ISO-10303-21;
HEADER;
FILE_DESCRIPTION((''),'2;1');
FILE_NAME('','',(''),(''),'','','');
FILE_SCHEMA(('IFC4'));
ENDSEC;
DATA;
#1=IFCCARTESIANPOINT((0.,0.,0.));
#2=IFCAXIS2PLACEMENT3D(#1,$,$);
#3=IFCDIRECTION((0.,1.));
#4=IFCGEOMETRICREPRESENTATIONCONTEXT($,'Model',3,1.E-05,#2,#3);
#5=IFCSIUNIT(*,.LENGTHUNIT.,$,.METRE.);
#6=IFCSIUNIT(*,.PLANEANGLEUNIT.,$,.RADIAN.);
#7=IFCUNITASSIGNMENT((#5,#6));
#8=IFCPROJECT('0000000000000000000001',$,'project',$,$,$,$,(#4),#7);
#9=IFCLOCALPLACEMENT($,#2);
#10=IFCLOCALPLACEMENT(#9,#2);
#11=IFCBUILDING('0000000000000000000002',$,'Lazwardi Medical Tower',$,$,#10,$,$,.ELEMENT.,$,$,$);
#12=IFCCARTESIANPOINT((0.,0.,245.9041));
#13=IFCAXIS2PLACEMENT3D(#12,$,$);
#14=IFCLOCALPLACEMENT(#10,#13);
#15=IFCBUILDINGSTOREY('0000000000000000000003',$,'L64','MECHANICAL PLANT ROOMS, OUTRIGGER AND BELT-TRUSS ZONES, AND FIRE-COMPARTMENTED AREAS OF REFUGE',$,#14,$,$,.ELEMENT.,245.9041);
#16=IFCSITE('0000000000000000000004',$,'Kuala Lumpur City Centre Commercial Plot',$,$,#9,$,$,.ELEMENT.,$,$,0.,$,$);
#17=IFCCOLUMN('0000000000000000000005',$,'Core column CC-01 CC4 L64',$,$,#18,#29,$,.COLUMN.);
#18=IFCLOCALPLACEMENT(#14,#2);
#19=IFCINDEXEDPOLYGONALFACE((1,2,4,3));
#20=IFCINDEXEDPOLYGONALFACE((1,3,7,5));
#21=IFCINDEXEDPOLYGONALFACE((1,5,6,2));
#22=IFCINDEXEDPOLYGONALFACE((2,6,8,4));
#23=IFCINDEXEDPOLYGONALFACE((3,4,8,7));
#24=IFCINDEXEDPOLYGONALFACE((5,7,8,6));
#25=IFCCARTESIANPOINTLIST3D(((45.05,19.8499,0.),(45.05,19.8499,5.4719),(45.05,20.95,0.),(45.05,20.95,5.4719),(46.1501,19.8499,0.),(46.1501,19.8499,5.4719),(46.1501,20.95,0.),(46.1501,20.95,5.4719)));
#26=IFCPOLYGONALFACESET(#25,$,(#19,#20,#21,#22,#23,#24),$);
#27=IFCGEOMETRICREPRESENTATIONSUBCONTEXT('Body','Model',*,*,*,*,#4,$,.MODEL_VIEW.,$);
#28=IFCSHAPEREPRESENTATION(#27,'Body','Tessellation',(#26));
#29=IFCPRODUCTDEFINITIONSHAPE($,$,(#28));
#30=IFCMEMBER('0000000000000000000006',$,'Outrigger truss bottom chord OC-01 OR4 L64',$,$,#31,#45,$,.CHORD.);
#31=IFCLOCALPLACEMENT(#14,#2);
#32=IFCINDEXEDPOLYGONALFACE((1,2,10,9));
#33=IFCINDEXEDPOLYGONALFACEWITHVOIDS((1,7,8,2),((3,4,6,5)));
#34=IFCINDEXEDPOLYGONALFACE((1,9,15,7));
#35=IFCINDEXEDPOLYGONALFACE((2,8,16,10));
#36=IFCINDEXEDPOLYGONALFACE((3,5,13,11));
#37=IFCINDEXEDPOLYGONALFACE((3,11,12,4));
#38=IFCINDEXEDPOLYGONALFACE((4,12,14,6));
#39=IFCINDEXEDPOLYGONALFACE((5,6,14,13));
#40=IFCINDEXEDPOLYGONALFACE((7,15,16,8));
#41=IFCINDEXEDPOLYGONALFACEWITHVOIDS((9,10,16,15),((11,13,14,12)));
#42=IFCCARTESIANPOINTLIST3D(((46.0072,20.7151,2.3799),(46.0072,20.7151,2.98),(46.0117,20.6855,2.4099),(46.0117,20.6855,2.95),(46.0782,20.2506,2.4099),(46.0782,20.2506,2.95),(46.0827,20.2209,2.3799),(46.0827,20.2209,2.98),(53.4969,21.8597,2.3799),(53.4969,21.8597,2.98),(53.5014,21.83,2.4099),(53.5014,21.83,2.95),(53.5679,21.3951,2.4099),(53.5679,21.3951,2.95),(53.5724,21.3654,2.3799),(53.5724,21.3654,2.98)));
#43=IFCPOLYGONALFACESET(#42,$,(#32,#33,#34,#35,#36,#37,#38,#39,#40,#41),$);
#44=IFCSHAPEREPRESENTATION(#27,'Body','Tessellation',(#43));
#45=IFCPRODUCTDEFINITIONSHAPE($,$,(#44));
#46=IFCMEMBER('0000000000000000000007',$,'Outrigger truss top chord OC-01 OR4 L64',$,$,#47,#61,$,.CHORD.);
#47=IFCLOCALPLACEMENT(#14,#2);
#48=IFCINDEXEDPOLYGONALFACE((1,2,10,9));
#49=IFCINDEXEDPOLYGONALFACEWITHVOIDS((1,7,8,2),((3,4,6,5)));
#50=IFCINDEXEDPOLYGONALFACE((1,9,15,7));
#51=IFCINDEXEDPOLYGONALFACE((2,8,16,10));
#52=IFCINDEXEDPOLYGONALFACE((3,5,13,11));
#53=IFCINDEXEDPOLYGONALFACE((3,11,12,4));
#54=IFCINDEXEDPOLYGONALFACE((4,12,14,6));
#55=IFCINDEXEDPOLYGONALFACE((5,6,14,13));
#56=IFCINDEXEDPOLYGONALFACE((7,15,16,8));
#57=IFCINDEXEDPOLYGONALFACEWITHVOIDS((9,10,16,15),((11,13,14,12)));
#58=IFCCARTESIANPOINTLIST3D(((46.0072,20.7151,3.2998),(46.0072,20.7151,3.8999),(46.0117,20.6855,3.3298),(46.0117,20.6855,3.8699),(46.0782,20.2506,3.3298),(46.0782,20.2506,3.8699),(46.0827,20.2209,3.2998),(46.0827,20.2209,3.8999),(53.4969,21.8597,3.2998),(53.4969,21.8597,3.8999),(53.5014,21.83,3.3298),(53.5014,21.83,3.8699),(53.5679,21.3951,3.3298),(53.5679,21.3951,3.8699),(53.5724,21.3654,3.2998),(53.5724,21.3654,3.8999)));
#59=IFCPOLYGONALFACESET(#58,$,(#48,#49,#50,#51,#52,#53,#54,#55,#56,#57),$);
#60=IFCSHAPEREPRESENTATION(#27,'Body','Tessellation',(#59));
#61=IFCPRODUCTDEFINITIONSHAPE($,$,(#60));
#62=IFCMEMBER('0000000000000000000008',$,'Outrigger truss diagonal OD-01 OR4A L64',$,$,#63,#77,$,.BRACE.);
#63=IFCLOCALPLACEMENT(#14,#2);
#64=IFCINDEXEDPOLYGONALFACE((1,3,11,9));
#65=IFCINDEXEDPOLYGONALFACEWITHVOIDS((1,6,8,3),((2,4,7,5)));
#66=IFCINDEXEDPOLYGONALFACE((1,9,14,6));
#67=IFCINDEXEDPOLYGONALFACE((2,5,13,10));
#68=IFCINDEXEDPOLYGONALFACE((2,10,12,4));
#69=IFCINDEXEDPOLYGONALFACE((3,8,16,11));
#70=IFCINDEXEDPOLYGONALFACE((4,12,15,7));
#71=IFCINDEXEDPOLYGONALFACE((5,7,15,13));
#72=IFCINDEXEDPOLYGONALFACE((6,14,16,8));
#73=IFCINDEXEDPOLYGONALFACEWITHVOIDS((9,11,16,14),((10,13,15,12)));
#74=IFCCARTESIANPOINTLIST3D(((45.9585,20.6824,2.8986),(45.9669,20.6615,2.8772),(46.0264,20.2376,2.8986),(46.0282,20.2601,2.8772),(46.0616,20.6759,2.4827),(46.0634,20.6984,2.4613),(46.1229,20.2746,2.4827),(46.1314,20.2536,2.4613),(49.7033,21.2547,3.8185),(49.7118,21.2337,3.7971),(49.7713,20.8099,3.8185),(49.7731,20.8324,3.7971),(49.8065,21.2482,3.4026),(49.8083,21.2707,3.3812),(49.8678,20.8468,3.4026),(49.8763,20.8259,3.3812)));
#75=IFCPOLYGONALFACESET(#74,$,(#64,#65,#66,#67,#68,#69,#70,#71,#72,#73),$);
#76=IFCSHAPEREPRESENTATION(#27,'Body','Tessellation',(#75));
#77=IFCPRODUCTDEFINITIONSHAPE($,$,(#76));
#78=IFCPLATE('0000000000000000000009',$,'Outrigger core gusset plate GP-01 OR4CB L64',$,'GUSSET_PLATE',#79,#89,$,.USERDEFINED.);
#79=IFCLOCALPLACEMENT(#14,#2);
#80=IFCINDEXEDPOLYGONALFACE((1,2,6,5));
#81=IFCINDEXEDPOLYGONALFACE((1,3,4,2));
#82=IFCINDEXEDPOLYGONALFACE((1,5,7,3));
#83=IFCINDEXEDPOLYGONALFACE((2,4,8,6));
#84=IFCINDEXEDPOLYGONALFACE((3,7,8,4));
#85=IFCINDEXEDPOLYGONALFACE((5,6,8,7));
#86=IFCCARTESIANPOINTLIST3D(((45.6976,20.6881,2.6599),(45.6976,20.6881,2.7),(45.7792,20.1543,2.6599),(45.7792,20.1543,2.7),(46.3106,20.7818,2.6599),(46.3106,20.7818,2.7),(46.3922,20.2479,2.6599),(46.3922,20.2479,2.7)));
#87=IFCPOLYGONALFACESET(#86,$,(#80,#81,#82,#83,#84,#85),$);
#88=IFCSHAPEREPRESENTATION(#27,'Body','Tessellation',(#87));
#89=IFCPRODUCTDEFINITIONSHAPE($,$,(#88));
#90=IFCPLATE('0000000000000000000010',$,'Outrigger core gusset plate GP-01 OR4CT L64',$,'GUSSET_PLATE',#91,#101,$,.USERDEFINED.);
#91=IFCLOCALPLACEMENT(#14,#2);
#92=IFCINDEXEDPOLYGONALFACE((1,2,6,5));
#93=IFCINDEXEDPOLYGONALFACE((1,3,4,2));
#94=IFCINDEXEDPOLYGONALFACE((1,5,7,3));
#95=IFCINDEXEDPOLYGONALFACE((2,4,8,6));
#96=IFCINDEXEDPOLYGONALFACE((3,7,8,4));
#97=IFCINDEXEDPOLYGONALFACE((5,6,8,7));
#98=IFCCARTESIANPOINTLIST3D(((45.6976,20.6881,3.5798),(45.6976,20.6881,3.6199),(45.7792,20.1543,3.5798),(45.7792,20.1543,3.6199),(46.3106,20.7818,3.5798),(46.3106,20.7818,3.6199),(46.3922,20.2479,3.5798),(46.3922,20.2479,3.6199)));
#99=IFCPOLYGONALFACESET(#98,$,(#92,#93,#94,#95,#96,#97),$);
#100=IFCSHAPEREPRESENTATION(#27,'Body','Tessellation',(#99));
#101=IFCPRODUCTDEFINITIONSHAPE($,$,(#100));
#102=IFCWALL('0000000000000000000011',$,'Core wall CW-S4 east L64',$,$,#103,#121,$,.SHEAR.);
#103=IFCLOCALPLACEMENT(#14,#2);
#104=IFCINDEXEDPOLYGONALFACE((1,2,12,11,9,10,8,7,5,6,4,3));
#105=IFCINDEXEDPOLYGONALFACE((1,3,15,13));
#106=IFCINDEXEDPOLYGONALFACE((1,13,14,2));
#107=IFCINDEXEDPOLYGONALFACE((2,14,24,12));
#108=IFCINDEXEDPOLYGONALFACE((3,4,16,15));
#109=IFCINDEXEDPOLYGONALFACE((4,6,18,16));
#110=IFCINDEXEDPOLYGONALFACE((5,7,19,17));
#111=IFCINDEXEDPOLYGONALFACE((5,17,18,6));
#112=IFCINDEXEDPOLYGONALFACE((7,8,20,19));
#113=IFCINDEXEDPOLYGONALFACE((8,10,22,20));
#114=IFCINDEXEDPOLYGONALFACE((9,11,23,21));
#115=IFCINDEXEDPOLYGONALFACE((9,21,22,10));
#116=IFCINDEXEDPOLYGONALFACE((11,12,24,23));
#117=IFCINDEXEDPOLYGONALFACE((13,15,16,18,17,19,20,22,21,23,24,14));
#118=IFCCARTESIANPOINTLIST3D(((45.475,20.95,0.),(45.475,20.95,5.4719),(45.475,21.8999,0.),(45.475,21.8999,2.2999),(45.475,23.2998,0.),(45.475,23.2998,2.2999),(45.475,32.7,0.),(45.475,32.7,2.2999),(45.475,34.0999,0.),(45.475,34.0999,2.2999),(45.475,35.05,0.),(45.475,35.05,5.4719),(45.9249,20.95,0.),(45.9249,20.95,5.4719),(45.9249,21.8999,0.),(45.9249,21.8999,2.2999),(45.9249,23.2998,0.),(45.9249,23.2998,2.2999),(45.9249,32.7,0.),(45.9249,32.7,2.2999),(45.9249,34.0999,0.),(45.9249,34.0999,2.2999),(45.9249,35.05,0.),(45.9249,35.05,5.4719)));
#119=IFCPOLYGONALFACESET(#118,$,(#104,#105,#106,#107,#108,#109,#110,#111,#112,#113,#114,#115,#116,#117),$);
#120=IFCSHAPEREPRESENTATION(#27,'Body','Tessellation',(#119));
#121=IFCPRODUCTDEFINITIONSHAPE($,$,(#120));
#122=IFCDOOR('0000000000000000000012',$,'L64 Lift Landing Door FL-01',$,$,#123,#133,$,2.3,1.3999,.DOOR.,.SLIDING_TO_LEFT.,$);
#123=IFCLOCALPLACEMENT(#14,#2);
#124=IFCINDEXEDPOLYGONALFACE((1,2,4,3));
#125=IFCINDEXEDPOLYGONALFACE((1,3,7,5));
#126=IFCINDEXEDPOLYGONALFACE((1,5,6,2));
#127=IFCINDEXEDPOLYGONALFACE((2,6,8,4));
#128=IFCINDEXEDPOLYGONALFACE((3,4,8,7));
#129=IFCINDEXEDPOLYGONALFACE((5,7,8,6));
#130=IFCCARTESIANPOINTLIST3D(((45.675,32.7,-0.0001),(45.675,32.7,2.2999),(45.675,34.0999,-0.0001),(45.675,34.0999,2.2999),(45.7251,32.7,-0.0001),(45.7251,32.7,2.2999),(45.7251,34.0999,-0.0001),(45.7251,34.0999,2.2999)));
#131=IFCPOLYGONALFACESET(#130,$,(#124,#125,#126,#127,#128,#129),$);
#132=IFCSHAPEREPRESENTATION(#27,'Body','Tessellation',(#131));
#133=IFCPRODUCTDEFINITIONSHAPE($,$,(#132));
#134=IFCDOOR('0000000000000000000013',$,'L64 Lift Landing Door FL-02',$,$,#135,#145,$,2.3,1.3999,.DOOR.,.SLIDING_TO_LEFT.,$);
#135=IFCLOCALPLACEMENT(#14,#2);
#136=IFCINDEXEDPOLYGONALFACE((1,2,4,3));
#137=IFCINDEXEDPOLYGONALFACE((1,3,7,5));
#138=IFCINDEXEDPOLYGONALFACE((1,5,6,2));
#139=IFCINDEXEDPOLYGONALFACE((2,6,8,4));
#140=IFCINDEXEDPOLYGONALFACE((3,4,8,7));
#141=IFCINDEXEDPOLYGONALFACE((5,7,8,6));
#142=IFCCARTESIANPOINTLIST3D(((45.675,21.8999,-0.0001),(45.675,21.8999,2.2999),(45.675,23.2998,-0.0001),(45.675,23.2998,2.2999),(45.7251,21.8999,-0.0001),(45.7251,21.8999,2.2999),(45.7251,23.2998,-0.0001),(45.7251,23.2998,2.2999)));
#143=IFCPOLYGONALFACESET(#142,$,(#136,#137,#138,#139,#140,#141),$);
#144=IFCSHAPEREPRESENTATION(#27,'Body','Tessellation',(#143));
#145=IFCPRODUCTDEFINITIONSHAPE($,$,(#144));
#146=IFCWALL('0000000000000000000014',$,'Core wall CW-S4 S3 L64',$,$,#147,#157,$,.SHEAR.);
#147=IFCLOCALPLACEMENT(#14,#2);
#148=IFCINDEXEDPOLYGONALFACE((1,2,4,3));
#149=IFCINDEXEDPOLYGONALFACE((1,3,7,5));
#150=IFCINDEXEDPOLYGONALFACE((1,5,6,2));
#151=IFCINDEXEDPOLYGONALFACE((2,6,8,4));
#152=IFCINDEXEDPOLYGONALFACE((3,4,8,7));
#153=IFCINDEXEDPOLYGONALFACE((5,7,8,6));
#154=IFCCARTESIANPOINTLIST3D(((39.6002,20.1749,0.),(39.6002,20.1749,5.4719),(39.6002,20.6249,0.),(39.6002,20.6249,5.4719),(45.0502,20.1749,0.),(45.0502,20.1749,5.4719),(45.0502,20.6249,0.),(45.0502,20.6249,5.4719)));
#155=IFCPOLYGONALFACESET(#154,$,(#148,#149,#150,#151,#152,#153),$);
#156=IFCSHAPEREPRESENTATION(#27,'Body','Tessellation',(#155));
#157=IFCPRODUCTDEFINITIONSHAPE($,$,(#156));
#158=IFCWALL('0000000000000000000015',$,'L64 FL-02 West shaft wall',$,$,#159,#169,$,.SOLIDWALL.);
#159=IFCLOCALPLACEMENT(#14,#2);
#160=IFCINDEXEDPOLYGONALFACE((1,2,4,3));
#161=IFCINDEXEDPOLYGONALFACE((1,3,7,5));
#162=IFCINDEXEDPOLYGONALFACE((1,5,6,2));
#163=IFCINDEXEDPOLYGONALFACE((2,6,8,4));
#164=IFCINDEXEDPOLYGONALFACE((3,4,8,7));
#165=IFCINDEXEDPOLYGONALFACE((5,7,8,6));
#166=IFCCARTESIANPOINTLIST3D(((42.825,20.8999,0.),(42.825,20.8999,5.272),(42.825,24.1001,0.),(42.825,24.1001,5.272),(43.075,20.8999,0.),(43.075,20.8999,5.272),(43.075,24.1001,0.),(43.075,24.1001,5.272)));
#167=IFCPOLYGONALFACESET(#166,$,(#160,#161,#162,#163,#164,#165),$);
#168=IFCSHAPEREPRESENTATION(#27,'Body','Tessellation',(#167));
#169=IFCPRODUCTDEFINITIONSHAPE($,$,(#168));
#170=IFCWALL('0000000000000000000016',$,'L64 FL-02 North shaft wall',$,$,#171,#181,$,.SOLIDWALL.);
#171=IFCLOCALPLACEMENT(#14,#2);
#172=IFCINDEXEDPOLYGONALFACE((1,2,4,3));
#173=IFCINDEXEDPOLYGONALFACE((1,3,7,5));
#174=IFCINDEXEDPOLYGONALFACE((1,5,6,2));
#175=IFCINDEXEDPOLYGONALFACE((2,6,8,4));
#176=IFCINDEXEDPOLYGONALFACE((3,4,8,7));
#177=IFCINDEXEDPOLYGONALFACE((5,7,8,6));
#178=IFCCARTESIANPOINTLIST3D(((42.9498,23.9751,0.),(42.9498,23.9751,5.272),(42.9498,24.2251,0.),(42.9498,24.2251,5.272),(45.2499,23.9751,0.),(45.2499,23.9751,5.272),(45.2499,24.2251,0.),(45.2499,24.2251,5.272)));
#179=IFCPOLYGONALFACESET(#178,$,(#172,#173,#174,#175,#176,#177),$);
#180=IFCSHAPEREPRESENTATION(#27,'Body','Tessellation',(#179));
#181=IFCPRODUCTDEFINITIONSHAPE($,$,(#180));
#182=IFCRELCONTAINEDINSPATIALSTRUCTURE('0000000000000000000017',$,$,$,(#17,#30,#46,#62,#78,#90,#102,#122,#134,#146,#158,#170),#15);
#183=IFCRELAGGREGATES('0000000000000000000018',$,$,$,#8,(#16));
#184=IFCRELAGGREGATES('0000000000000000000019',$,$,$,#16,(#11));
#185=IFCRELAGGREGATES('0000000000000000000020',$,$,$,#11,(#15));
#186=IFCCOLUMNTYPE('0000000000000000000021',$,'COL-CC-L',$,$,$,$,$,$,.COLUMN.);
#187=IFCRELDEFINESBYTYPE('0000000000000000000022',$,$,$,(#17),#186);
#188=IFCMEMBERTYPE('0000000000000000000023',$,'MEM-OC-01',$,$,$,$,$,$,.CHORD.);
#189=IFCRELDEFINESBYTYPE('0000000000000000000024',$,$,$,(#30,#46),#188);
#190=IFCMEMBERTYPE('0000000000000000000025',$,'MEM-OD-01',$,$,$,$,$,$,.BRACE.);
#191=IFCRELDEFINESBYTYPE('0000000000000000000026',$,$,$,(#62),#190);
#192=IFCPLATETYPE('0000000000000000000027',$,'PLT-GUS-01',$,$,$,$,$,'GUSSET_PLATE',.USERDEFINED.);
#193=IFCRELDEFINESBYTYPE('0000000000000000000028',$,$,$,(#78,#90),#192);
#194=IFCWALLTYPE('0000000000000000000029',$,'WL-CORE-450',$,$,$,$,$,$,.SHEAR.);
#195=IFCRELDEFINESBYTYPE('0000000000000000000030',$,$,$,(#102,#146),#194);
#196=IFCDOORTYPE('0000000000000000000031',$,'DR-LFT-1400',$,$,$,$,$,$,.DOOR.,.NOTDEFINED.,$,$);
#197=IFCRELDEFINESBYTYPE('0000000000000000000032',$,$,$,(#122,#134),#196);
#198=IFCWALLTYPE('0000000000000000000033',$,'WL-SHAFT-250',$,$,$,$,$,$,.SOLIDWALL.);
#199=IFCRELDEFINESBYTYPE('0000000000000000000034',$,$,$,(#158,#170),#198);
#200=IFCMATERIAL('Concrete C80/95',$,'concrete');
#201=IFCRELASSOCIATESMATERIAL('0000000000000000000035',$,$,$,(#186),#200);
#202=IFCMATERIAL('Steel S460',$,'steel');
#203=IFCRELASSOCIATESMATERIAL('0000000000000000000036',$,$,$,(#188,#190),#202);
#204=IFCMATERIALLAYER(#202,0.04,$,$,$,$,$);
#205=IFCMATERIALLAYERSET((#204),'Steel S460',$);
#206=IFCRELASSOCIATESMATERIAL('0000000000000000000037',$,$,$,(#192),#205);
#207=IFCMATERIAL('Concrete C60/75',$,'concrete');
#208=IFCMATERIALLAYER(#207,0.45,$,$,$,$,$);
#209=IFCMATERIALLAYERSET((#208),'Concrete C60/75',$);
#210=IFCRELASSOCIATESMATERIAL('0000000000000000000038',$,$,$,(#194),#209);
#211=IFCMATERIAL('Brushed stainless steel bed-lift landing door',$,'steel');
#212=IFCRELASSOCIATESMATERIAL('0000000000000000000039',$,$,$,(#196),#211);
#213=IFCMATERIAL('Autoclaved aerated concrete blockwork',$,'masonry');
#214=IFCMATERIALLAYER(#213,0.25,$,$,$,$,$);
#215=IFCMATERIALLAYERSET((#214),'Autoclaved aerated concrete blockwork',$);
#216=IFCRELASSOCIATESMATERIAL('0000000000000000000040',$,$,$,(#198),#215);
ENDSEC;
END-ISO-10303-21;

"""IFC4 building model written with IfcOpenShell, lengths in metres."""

from ifc_helpers import new_model, si_unit, direction, frame, frame_2d, origin, origin_2d, place, context, subcontext, project, spatial, rectangle, hollow_rectangle, extrude, material, layer, layer_set, material_profile, profile_set, type_object, element, fill, save


model = new_model("IFC4")

# Units and contexts
model_context = context("Model", 3, precision=1e-05, world=origin(), true_north=direction((0.0, 1.0)))
body_context = subcontext(model_context, "Body", "Model", "MODEL_VIEW")
ifc_project = project(units=[si_unit("LENGTHUNIT", "METRE"), si_unit("PLANEANGLEUNIT", "RADIAN")], contexts=[model_context])

# Site, building, storey
site_placement = place(None, origin())
site = spatial("IfcSite", under=ifc_project, at=site_placement, Name="Kuala Lumpur City Centre Commercial Plot", CompositionType="ELEMENT", RefElevation=0.0)
building_placement = place(site_placement, origin())
building = spatial("IfcBuilding", under=site, at=building_placement, Name="Lazwardi Medical Tower", CompositionType="ELEMENT")
storey_placement = place(building_placement, frame((0.0, 0.0, 245.9041)))
storey = spatial("IfcBuildingStorey", under=building, at=storey_placement, Name="L64", Description="MECHANICAL PLANT ROOMS, OUTRIGGER AND BELT-TRUSS ZONES, AND FIRE-COMPARTMENTED AREAS OF REFUGE", CompositionType="ELEMENT", Elevation=245.9041)

# Column
ifc_material_1 = material(Name="Concrete C80/95", Category="concrete")
ifc_material_profile_1 = material_profile(ifc_material_1, rectangle(XDim=1.1001, YDim=1.1001, at=origin_2d()), Name="RC 1100x1100")
ifc_profile_set_1 = profile_set([ifc_material_profile_1], Name="Concrete C80/95")
column_type = type_object("IfcColumnType", Name="COL-CC-L", PredefinedType="COLUMN", material=ifc_profile_set_1)
column_placement = place(storey_placement, frame((45.6001, 20.3999, 0.0), z_axis=(0.0, 0.0, 1.0), x_axis=(1.0, 0.0, 0.0)))
element("IfcColumn", 1, at=column_placement, inside=storey, type_object=column_type, Name="Core column CC-01 CC4 L64", PredefinedType="COLUMN", context=body_context, shape_type="SweptSolid", body=[
    extrude(rectangle(XDim=1.1001, YDim=1.1001, at=origin_2d()), origin(), (0.0, 0.0, 1.0), 5.4719),
])

# Members
ifc_material_2 = material(Name="Steel S460", Category="steel")
ifc_material_profile_2 = material_profile(ifc_material_2, hollow_rectangle(XDim=0.5, YDim=0.6001, WallThickness=0.03, at=origin_2d()), Name="RHS 600x500x30")
ifc_profile_set_2 = profile_set([ifc_material_profile_2], Name="Steel S460")
member_type_1 = type_object("IfcMemberType", Name="MEM-OC-01", PredefinedType="CHORD", material=ifc_profile_set_2)
for number, where, z_axis, x_axis, name in (
    (2, (46.0449, 20.468, 2.6799), (0.988525, 0.15106, 0.0), (-0.15106, 0.988525, 0.0), "Outrigger truss bottom chord OC-01 OR4 L64"),
    (3, (46.0449, 20.468, 3.5999), (0.988525, 0.15106, 0.0), (-0.15106, 0.988525, 0.0), "Outrigger truss top chord OC-01 OR4 L64"),
):
    element("IfcMember", number, at=place(storey_placement, frame(where, z_axis=z_axis, x_axis=x_axis)), inside=storey, type_object=member_type_1, Name=name, PredefinedType="CHORD", context=body_context, shape_type="SweptSolid", body=[
        extrude(hollow_rectangle(XDim=0.5, YDim=0.6001, WallThickness=0.03, at=origin_2d()), origin(), (0.0, 0.0, 1.0), 7.5767),
    ])
ifc_material_profile_3 = material_profile(ifc_material_2, hollow_rectangle(XDim=0.45, YDim=0.45, WallThickness=0.022, at=origin_2d()), Name="RHS 450x450x22")
ifc_profile_set_3 = profile_set([ifc_material_profile_3], Name="Steel S460")
member_type_2 = type_object("IfcMemberType", Name="MEM-OD-01", PredefinedType="BRACE", material=ifc_profile_set_3)
member_placement = place(storey_placement, frame((46.0449, 20.468, 2.6799), z_axis=(0.960609, 0.146794, 0.235972), x_axis=(-0.15106, 0.988525, 0.0)))
element("IfcMember", 4, at=member_placement, inside=storey, type_object=member_type_2, Name="Outrigger truss diagonal OD-01 OR4A L64", PredefinedType="BRACE", context=body_context, shape_type="SweptSolid", body=[
    extrude(hollow_rectangle(XDim=0.45, YDim=0.45, WallThickness=0.022, at=origin_2d()), origin(), (0.0, 0.0, 1.0), 3.8984),
])

# Plates
ifc_layer_1 = layer(ifc_material_2, 0.04)
ifc_layer_set_1 = layer_set([ifc_layer_1], Name="Steel S460")
plate_type = type_object("IfcPlateType", Name="PLT-GUS-01", ElementType="GUSSET_PLATE", PredefinedType="USERDEFINED", material=ifc_layer_set_1)
for number, where, z_axis, x_axis, name in (
    (5, (46.0449, 20.468, 2.6599), (0.0, 0.0, 1.0), (0.98852, 0.151088, 0.0), "Outrigger core gusset plate GP-01 OR4CB L64"),
    (6, (46.0449, 20.468, 3.5798), (0.0, 0.0, 1.0), (0.98852, 0.151088, 0.0), "Outrigger core gusset plate GP-01 OR4CT L64"),
):
    element("IfcPlate", number, at=place(storey_placement, frame(where, z_axis=z_axis, x_axis=x_axis)), inside=storey, type_object=plate_type, Name=name, ObjectType="GUSSET_PLATE", PredefinedType="USERDEFINED", context=body_context, shape_type="SweptSolid", body=[
        extrude(rectangle(XDim=0.6201, YDim=0.54, at=origin_2d()), origin(), (0.0, 0.0, 1.0), 0.04),
    ])

# Wall, openings, doors
ifc_material_3 = material(Name="Concrete C60/75", Category="concrete")
ifc_layer_2 = layer(ifc_material_3, 0.45)
ifc_layer_set_2 = layer_set([ifc_layer_2], Name="Concrete C60/75")
wall_type_1 = type_object("IfcWallType", Name="WL-CORE-450", PredefinedType="SHEAR", material=ifc_layer_set_2)
wall_1_placement = place(storey_placement, frame((45.7, 20.95, 0.0), z_axis=(0.0, 0.0, 1.0), x_axis=(0.0, 1.0, 0.0)))
wall_1 = element("IfcWall", 7, at=wall_1_placement, inside=storey, type_object=wall_type_1, Name="Core wall CW-S4 east L64", PredefinedType="SHEAR", context=body_context, shape_type="SweptSolid", body=[
    extrude(rectangle(XDim=14.1001, YDim=0.45, at=frame_2d((7.05, 0.0))), origin(), (0.0, 0.0, 1.0), 5.4719),
])
opening_1_placement = place(wall_1_placement, frame((11.75, 0.0, 0.0)))
opening_1 = element("IfcOpeningElement", 8, at=opening_1_placement, cuts=wall_1, PredefinedType="OPENING", context=body_context, shape_type="SweptSolid", body=[
    extrude(rectangle(XDim=1.3999, YDim=2.3, at=frame_2d((0.7, 1.1499))), frame((0.0, 0.2349, 0.0), z_axis=(0.0, -1.0, 0.0), x_axis=(1.0, 0.0, 0.0)), (0.0, 0.0, 1.0), 0.47),
])
opening_2_placement = place(wall_1_placement, frame((0.95, 0.0, 0.0)))
opening_2 = element("IfcOpeningElement", 9, at=opening_2_placement, cuts=wall_1, PredefinedType="OPENING", context=body_context, shape_type="SweptSolid", body=[
    extrude(rectangle(XDim=1.3999, YDim=2.3, at=frame_2d((0.7, 1.1499))), frame((0.0, 0.2349, 0.0), z_axis=(0.0, -1.0, 0.0), x_axis=(1.0, 0.0, 0.0)), (0.0, 0.0, 1.0), 0.47),
])
ifc_material_4 = material(Name="Brushed stainless steel bed-lift landing door", Category="steel")
door_type = type_object("IfcDoorType", Name="DR-LFT-1400", OperationType="NOTDEFINED", PredefinedType="DOOR", material=ifc_material_4)
door_1_placement = place(opening_1_placement, origin())
door_1 = element("IfcDoor", 10, at=door_1_placement, inside=storey, type_object=door_type, Name="L64 Lift Landing Door FL-01", OperationType="SLIDING_TO_LEFT", OverallHeight=2.3, OverallWidth=1.3999, PredefinedType="DOOR", context=body_context, shape_type="SweptSolid", body=[
    extrude(rectangle(XDim=1.3999, YDim=2.3, at=frame_2d((0.7, 1.1499))), frame((0.0, 0.0249, 0.0), z_axis=(0.0, -1.0, 0.0), x_axis=(1.0, 0.0, 0.0)), (0.0, 0.0, 1.0), 0.05),
])
fill(opening_1, door_1)
door_2_placement = place(opening_2_placement, origin())
door_2 = element("IfcDoor", 11, at=door_2_placement, inside=storey, type_object=door_type, Name="L64 Lift Landing Door FL-02", OperationType="SLIDING_TO_LEFT", OverallHeight=2.3, OverallWidth=1.3999, PredefinedType="DOOR", context=body_context, shape_type="SweptSolid", body=[
    extrude(rectangle(XDim=1.3999, YDim=2.3, at=frame_2d((0.7, 1.1499))), frame((0.0, 0.0249, 0.0), z_axis=(0.0, -1.0, 0.0), x_axis=(1.0, 0.0, 0.0)), (0.0, 0.0, 1.0), 0.05),
])
fill(opening_2, door_2)

# Walls
wall_2_placement = place(storey_placement, frame((39.6001, 20.3999, 0.0), z_axis=(0.0, 0.0, 1.0), x_axis=(1.0, 0.0, 0.0)))
element("IfcWall", 12, at=wall_2_placement, inside=storey, type_object=wall_type_1, Name="Core wall CW-S4 S3 L64", PredefinedType="SHEAR", context=body_context, shape_type="SweptSolid", body=[
    extrude(rectangle(XDim=5.45, YDim=0.45, at=frame_2d((2.7251, 0.0))), origin(), (0.0, 0.0, 1.0), 5.4719),
])
ifc_material_5 = material(Name="Autoclaved aerated concrete blockwork", Category="masonry")
ifc_layer_3 = layer(ifc_material_5, 0.25)
ifc_layer_set_3 = layer_set([ifc_layer_3], Name="Autoclaved aerated concrete blockwork")
wall_type_2 = type_object("IfcWallType", Name="WL-SHAFT-250", PredefinedType="SOLIDWALL", material=ifc_layer_set_3)
wall_3_placement = place(storey_placement, frame((42.95, 20.8999, 0.0), z_axis=(0.0, 0.0, 1.0), x_axis=(0.0, 1.0, 0.0)))
element("IfcWall", 13, at=wall_3_placement, inside=storey, type_object=wall_type_2, Name="L64 FL-02 West shaft wall", PredefinedType="SOLIDWALL", context=body_context, shape_type="SweptSolid", body=[
    extrude(rectangle(XDim=3.2002, YDim=0.25, at=frame_2d((1.6001, 0.0))), origin(), (0.0, 0.0, 1.0), 5.272),
])
wall_4_placement = place(storey_placement, frame((42.95, 24.1001, 0.0), z_axis=(0.0, 0.0, 1.0), x_axis=(1.0, 0.0, 0.0)))
element("IfcWall", 14, at=wall_4_placement, inside=storey, type_object=wall_type_2, Name="L64 FL-02 North shaft wall", PredefinedType="SOLIDWALL", context=body_context, shape_type="SweptSolid", body=[
    extrude(rectangle(XDim=2.3, YDim=0.25, at=frame_2d((1.1499, 0.0))), origin(), (0.0, 0.0, 1.0), 5.272),
])

save(model, "model.ifc")
